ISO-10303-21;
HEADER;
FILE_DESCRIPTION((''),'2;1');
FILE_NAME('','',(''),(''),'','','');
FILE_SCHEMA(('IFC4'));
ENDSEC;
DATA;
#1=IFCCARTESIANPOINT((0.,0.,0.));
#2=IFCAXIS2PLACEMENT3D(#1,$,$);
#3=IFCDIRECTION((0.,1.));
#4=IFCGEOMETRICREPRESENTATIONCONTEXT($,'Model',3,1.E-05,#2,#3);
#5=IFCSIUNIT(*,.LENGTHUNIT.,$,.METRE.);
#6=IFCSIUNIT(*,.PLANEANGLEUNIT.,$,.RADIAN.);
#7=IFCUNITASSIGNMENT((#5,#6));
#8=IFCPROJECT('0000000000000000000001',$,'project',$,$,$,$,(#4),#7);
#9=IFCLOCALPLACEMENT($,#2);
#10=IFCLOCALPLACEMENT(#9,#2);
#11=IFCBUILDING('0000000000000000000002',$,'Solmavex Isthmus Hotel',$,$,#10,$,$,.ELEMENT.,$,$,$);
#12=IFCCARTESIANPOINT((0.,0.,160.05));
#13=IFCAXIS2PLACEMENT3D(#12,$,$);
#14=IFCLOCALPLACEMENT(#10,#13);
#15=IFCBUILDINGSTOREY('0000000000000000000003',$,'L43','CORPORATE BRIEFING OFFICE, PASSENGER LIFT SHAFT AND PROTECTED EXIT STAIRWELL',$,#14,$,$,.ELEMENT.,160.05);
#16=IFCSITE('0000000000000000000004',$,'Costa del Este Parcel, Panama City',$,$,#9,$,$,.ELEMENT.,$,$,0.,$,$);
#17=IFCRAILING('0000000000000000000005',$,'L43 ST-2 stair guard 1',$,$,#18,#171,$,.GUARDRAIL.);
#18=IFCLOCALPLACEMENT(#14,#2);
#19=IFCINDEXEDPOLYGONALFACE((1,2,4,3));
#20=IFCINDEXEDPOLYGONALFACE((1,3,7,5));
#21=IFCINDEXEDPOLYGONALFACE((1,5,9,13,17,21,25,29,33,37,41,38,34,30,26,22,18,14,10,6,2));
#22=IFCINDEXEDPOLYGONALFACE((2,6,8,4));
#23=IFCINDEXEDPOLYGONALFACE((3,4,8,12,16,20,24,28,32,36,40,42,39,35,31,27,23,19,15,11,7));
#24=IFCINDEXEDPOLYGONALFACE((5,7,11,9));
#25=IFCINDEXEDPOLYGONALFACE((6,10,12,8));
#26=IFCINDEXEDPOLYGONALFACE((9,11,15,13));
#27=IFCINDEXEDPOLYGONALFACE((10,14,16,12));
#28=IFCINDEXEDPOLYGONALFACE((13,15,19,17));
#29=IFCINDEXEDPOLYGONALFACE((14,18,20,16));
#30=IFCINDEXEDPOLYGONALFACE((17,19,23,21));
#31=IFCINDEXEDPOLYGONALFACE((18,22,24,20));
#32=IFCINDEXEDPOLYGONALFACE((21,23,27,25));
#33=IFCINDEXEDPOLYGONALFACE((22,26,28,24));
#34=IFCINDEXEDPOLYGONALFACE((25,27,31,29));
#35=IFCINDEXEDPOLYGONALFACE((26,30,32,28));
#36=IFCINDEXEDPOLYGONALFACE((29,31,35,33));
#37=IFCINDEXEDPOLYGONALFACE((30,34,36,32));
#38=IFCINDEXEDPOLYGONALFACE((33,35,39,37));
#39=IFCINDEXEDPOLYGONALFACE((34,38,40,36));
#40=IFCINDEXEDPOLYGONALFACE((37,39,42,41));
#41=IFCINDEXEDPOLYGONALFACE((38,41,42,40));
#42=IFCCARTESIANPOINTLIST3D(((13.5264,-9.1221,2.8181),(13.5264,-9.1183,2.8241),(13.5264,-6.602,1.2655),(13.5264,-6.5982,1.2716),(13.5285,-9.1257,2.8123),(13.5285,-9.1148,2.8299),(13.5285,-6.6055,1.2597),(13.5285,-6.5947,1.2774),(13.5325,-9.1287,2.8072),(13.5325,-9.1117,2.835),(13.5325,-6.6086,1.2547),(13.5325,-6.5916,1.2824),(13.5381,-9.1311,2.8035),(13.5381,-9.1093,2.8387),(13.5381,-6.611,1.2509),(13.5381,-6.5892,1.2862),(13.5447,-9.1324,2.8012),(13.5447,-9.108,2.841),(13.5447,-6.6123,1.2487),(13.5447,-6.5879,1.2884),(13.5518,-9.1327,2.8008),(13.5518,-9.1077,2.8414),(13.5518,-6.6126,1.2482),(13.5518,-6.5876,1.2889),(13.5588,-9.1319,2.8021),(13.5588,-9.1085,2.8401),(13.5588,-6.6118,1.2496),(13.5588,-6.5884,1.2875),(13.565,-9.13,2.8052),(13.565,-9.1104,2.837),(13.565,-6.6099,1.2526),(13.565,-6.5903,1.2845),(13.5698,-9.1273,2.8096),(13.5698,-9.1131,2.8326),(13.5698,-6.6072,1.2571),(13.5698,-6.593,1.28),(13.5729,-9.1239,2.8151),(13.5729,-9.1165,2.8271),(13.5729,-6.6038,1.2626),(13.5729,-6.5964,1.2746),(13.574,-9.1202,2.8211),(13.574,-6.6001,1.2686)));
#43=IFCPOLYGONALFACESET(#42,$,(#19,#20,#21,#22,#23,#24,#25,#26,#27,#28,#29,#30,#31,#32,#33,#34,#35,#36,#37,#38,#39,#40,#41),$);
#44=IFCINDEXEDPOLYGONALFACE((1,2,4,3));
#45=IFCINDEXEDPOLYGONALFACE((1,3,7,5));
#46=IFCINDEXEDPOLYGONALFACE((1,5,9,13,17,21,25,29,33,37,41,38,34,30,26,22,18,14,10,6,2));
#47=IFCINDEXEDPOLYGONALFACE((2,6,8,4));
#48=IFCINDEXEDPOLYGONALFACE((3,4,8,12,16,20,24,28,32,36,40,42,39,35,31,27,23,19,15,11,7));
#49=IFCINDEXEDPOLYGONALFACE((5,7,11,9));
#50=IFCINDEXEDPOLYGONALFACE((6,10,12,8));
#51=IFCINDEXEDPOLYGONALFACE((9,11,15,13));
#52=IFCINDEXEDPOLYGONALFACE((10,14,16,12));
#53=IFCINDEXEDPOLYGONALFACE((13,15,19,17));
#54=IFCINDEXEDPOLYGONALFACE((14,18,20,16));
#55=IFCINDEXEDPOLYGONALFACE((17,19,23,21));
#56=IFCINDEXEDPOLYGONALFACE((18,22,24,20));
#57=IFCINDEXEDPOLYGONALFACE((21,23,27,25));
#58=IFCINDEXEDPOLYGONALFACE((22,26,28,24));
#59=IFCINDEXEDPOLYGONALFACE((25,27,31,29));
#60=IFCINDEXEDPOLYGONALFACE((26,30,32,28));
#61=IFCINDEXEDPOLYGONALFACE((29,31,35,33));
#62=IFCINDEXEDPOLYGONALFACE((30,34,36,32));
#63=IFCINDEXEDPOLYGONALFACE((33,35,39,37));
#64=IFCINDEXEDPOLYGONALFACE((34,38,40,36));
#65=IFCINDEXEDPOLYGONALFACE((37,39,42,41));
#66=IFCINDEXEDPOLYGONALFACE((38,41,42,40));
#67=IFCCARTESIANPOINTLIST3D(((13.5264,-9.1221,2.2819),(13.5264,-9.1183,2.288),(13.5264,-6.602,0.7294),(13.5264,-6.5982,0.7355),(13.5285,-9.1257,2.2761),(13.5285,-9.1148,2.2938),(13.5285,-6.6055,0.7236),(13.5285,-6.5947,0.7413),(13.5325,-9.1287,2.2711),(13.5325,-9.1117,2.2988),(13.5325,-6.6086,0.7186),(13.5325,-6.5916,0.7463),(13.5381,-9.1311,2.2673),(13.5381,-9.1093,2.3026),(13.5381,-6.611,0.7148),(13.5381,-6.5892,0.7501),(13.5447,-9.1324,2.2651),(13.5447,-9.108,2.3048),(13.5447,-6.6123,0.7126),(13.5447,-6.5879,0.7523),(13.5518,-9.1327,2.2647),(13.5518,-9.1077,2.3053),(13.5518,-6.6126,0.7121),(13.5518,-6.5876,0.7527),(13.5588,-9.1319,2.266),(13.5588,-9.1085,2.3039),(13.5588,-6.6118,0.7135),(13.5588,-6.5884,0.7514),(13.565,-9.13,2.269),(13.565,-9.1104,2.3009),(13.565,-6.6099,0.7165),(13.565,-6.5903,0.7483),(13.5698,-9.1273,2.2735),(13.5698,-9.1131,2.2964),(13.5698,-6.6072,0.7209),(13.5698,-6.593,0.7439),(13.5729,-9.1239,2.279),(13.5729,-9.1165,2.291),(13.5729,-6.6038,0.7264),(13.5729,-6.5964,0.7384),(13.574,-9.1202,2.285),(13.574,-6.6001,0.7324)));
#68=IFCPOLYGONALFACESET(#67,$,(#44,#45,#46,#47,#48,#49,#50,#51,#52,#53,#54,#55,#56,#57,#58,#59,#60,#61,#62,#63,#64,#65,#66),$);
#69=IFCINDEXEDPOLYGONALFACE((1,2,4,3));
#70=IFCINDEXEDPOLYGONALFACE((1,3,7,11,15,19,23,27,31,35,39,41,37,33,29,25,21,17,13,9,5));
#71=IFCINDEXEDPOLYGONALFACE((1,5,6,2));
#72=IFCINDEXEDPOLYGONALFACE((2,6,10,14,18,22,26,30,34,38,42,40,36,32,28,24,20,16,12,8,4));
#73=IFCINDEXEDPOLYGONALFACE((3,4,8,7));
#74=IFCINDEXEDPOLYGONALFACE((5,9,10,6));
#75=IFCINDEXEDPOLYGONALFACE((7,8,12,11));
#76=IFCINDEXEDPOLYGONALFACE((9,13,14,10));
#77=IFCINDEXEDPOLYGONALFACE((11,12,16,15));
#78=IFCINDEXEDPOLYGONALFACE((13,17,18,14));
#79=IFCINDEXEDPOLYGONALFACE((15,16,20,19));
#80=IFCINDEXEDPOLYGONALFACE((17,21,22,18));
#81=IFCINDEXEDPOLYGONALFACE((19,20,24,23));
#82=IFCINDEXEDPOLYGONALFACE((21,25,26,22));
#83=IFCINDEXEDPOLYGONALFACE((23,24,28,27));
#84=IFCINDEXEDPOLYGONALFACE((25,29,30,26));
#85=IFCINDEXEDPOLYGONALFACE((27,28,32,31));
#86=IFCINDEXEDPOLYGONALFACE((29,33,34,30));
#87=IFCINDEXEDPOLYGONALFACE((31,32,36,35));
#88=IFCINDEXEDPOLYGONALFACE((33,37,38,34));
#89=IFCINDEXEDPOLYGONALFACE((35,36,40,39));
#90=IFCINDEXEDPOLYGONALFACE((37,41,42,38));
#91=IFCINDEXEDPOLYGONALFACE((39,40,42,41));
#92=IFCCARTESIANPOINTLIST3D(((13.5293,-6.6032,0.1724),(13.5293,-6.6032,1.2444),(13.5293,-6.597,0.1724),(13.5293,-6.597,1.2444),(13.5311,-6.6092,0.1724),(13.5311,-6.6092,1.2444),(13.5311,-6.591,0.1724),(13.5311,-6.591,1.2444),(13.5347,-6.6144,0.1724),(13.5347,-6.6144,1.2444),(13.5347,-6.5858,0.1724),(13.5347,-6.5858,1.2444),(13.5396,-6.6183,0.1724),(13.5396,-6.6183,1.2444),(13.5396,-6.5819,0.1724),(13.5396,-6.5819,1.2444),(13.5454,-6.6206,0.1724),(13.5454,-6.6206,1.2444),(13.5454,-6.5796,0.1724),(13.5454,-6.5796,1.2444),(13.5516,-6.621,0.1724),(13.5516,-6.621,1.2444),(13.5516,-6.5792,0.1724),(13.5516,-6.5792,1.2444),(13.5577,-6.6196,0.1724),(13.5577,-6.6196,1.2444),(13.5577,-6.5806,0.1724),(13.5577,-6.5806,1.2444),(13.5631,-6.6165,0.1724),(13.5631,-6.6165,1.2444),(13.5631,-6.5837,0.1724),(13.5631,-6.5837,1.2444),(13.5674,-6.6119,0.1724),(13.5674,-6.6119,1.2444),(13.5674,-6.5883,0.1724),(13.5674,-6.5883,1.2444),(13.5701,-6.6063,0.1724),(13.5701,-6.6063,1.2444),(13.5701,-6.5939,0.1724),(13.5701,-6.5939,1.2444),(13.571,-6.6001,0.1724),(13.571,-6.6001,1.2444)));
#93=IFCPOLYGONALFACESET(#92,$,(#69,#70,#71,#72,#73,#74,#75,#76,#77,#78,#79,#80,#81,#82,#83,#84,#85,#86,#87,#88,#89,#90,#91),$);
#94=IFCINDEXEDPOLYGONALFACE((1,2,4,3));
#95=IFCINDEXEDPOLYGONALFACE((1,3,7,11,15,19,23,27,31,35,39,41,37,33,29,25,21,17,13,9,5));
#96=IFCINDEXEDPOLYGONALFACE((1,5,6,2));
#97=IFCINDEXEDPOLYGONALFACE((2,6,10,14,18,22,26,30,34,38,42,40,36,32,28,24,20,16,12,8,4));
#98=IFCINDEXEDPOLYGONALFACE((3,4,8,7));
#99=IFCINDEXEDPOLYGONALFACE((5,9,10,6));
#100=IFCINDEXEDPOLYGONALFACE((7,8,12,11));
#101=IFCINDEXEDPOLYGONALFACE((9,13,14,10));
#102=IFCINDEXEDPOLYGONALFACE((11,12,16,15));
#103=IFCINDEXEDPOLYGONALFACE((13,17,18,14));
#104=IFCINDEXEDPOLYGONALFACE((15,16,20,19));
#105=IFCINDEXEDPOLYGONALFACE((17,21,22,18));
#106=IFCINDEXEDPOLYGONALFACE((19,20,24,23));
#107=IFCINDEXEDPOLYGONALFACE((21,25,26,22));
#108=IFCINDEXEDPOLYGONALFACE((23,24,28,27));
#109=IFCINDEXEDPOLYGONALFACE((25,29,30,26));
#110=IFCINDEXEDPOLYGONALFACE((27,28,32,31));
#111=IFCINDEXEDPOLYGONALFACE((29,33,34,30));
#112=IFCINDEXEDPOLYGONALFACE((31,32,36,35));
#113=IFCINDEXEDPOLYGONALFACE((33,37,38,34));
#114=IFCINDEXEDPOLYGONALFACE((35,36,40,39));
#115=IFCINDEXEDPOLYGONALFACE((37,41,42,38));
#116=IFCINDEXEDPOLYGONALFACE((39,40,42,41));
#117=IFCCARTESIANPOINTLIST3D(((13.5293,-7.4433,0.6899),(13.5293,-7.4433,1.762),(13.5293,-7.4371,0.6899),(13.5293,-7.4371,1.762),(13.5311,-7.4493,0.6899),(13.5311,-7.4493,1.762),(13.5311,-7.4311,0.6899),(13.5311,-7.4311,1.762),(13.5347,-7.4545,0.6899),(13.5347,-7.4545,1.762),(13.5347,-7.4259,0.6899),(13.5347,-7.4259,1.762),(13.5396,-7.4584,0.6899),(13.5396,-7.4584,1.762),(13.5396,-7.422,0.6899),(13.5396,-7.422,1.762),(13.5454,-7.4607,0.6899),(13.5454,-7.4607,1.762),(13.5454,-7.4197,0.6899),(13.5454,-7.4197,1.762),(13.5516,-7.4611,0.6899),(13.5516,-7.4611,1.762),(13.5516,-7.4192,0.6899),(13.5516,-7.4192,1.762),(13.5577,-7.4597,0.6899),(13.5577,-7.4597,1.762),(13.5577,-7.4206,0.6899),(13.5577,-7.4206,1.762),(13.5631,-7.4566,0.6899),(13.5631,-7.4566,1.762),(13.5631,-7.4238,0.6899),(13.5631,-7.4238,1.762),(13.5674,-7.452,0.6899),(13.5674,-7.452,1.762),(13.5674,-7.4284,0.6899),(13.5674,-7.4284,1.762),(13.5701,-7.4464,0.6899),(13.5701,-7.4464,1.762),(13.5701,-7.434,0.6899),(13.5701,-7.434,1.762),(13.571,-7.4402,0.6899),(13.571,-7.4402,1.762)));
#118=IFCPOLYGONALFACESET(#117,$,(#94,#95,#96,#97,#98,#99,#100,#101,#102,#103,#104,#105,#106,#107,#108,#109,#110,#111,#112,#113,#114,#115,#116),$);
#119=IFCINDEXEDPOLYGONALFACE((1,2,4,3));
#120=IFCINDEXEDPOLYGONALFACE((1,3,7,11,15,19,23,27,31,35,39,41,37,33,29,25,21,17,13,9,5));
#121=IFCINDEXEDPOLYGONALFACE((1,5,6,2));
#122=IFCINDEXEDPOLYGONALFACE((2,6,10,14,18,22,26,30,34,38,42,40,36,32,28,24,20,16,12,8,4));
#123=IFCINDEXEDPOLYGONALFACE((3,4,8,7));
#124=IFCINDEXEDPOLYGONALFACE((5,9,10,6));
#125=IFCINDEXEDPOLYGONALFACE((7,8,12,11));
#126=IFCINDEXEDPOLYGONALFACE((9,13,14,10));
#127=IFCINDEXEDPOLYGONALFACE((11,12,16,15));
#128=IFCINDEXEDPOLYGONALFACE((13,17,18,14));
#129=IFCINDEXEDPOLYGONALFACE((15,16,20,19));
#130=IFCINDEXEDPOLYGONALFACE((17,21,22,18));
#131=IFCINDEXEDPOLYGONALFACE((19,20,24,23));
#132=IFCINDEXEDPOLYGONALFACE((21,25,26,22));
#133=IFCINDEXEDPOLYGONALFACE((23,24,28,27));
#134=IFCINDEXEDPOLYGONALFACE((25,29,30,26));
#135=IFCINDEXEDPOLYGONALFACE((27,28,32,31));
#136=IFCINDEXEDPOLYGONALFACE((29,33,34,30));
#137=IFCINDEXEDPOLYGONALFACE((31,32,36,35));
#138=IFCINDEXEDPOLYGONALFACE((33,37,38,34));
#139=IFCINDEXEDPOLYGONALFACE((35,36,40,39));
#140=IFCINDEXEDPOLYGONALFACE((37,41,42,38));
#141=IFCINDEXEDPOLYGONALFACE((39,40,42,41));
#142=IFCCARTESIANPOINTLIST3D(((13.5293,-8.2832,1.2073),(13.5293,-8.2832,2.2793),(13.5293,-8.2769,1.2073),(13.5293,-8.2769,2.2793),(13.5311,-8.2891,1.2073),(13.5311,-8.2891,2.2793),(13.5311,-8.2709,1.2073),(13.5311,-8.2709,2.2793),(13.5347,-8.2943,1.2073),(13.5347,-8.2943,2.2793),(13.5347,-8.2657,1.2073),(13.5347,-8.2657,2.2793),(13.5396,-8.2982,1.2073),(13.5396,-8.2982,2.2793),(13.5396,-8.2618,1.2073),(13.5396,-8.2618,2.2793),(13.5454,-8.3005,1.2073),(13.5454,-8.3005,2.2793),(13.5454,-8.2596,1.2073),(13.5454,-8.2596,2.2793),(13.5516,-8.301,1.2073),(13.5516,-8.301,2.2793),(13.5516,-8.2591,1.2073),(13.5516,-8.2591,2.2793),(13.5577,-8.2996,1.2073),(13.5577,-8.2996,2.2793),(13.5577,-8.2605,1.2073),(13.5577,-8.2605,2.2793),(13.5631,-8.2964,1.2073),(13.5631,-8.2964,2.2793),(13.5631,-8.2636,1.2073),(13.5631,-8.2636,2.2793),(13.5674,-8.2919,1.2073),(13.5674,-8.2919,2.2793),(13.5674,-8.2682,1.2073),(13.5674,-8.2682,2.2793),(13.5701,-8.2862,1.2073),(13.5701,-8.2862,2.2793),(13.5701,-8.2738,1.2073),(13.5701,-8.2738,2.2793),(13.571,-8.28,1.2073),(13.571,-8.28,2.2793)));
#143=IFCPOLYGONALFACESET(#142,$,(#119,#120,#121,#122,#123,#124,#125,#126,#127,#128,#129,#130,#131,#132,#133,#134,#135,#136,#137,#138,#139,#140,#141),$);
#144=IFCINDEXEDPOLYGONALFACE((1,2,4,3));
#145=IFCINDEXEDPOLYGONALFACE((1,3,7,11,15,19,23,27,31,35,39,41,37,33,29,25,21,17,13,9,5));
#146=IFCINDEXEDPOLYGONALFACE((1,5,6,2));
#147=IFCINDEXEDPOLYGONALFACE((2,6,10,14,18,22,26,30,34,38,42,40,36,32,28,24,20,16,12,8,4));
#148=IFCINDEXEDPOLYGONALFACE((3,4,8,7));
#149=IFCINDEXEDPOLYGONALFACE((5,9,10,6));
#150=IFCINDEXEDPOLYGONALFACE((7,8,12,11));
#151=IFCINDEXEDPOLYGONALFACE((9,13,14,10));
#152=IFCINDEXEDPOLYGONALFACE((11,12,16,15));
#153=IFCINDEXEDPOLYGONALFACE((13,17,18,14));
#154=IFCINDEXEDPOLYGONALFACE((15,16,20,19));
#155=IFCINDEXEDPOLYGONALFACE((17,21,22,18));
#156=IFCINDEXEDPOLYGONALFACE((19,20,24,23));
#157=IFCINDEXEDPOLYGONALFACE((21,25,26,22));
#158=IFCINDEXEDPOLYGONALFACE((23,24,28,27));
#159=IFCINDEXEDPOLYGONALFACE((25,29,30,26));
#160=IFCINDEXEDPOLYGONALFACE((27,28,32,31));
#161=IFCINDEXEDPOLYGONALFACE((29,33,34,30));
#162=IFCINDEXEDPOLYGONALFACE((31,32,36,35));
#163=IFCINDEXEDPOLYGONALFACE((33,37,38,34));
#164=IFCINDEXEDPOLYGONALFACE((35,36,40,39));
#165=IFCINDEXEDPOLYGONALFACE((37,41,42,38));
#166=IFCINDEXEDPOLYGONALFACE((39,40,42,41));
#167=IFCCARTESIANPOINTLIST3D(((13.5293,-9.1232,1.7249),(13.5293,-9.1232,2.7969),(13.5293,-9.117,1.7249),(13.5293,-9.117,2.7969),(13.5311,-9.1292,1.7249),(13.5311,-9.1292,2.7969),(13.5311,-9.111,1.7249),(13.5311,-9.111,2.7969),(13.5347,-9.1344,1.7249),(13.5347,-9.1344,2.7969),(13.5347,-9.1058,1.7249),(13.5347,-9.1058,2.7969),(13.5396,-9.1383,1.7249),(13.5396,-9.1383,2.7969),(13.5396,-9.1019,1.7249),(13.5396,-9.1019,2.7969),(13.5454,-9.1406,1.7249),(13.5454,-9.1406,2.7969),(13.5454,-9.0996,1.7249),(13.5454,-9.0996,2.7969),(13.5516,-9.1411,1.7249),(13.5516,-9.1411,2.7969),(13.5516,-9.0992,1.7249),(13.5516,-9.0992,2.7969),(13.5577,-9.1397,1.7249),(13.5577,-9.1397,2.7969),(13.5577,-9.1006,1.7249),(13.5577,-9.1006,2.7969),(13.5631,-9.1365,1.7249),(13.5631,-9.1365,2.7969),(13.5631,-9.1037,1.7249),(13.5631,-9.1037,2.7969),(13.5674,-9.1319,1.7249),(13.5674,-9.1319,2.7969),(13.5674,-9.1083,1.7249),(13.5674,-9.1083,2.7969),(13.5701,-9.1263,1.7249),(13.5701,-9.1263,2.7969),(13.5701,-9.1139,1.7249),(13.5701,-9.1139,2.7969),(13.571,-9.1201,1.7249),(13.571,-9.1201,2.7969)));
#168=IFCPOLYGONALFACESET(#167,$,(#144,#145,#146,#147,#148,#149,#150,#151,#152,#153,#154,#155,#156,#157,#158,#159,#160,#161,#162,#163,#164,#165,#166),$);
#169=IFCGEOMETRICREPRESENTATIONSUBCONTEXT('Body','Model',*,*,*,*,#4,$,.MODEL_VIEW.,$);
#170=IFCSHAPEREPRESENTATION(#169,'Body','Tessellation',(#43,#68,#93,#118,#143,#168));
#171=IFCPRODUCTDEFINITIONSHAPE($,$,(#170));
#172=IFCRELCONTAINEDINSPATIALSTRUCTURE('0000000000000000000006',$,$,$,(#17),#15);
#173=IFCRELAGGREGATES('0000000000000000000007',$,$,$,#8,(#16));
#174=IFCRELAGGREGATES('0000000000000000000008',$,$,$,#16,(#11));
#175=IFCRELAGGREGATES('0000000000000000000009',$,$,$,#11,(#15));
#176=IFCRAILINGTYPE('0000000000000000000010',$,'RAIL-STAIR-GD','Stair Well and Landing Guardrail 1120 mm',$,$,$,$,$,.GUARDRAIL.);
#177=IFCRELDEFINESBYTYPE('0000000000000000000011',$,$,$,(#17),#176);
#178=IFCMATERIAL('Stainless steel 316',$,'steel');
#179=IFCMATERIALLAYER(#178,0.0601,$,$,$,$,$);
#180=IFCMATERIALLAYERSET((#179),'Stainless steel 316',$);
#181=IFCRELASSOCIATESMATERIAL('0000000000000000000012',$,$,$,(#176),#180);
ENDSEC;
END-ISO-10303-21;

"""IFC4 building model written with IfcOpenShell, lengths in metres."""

from ifc_helpers import new_model, si_unit, direction, frame, origin, origin_2d, place, context, subcontext, project, spatial, circle, extrude, material, layer, layer_set, type_object, element, save


model = new_model("IFC4")

# Units and contexts
model_context = context("Model", 3, precision=1e-05, world=origin(), true_north=direction((0.0, 1.0)))
body_context = subcontext(model_context, "Body", "Model", "MODEL_VIEW")
ifc_project = project(units=[si_unit("LENGTHUNIT", "METRE"), si_unit("PLANEANGLEUNIT", "RADIAN")], contexts=[model_context])

# Site, building, storey
site_placement = place(None, origin())
site = spatial("IfcSite", under=ifc_project, at=site_placement, Name="Costa del Este Parcel, Panama City", CompositionType="ELEMENT", RefElevation=0.0)
building_placement = place(site_placement, origin())
building = spatial("IfcBuilding", under=site, at=building_placement, Name="Solmavex Isthmus Hotel", CompositionType="ELEMENT")
storey_placement = place(building_placement, frame((0.0, 0.0, 160.05)))
storey = spatial("IfcBuildingStorey", under=building, at=storey_placement, Name="L43", Description="CORPORATE BRIEFING OFFICE, PASSENGER LIFT SHAFT AND PROTECTED EXIT STAIRWELL", CompositionType="ELEMENT", Elevation=160.05)

# Shared definitions
ifc_material_1 = material(Name="Stainless steel 316", Category="steel")

# Railing
ifc_layer_1 = layer(ifc_material_1, 0.0601)
ifc_layer_set_1 = layer_set([ifc_layer_1], Name="Stainless steel 316")
railing_type_1 = type_object("IfcRailingType", Name="RAIL-STAIR-GD", Description="Stair Well and Landing Guardrail 1120 mm", PredefinedType="GUARDRAIL", material=ifc_layer_set_1)
railing_1_placement = place(storey_placement, frame((13.55, -6.6001, 0.1724)))
element("IfcRailing", 1, at=railing_1_placement, inside=storey, type_object=railing_type_1, Name="L43 ST-2 stair guard 1", PredefinedType="GUARDRAIL", context=body_context, shape_type="SweptSolid", body=[
    extrude(circle(Radius=0.0239, at=origin_2d()), frame((0.0, 0.0, 1.0962), z_axis=(0.0, -0.8514, 0.524516), x_axis=(1.0, 0.0, 0.0)), (0.0, 0.0, 1.0), 2.96),
    extrude(circle(Radius=0.0239, at=origin_2d()), frame((0.0, 0.0, 0.5601), z_axis=(0.0, -0.8514, 0.524516), x_axis=(1.0, 0.0, 0.0)), (0.0, 0.0, 1.0), 2.96),
    extrude(circle(Radius=0.021, at=origin_2d()), origin(), (0.0, 0.0, 1.0), 1.072),
    extrude(circle(Radius=0.021, at=origin_2d()), frame((0.0, -0.8401, 0.5176)), (0.0, 0.0, 1.0), 1.072),
    extrude(circle(Radius=0.021, at=origin_2d()), frame((0.0, -1.6799, 1.0349)), (0.0, 0.0, 1.0), 1.072),
    extrude(circle(Radius=0.021, at=origin_2d()), frame((0.0, -2.52, 1.5525)), (0.0, 0.0, 1.0), 1.072),
])

save(model, "model.ifc")
